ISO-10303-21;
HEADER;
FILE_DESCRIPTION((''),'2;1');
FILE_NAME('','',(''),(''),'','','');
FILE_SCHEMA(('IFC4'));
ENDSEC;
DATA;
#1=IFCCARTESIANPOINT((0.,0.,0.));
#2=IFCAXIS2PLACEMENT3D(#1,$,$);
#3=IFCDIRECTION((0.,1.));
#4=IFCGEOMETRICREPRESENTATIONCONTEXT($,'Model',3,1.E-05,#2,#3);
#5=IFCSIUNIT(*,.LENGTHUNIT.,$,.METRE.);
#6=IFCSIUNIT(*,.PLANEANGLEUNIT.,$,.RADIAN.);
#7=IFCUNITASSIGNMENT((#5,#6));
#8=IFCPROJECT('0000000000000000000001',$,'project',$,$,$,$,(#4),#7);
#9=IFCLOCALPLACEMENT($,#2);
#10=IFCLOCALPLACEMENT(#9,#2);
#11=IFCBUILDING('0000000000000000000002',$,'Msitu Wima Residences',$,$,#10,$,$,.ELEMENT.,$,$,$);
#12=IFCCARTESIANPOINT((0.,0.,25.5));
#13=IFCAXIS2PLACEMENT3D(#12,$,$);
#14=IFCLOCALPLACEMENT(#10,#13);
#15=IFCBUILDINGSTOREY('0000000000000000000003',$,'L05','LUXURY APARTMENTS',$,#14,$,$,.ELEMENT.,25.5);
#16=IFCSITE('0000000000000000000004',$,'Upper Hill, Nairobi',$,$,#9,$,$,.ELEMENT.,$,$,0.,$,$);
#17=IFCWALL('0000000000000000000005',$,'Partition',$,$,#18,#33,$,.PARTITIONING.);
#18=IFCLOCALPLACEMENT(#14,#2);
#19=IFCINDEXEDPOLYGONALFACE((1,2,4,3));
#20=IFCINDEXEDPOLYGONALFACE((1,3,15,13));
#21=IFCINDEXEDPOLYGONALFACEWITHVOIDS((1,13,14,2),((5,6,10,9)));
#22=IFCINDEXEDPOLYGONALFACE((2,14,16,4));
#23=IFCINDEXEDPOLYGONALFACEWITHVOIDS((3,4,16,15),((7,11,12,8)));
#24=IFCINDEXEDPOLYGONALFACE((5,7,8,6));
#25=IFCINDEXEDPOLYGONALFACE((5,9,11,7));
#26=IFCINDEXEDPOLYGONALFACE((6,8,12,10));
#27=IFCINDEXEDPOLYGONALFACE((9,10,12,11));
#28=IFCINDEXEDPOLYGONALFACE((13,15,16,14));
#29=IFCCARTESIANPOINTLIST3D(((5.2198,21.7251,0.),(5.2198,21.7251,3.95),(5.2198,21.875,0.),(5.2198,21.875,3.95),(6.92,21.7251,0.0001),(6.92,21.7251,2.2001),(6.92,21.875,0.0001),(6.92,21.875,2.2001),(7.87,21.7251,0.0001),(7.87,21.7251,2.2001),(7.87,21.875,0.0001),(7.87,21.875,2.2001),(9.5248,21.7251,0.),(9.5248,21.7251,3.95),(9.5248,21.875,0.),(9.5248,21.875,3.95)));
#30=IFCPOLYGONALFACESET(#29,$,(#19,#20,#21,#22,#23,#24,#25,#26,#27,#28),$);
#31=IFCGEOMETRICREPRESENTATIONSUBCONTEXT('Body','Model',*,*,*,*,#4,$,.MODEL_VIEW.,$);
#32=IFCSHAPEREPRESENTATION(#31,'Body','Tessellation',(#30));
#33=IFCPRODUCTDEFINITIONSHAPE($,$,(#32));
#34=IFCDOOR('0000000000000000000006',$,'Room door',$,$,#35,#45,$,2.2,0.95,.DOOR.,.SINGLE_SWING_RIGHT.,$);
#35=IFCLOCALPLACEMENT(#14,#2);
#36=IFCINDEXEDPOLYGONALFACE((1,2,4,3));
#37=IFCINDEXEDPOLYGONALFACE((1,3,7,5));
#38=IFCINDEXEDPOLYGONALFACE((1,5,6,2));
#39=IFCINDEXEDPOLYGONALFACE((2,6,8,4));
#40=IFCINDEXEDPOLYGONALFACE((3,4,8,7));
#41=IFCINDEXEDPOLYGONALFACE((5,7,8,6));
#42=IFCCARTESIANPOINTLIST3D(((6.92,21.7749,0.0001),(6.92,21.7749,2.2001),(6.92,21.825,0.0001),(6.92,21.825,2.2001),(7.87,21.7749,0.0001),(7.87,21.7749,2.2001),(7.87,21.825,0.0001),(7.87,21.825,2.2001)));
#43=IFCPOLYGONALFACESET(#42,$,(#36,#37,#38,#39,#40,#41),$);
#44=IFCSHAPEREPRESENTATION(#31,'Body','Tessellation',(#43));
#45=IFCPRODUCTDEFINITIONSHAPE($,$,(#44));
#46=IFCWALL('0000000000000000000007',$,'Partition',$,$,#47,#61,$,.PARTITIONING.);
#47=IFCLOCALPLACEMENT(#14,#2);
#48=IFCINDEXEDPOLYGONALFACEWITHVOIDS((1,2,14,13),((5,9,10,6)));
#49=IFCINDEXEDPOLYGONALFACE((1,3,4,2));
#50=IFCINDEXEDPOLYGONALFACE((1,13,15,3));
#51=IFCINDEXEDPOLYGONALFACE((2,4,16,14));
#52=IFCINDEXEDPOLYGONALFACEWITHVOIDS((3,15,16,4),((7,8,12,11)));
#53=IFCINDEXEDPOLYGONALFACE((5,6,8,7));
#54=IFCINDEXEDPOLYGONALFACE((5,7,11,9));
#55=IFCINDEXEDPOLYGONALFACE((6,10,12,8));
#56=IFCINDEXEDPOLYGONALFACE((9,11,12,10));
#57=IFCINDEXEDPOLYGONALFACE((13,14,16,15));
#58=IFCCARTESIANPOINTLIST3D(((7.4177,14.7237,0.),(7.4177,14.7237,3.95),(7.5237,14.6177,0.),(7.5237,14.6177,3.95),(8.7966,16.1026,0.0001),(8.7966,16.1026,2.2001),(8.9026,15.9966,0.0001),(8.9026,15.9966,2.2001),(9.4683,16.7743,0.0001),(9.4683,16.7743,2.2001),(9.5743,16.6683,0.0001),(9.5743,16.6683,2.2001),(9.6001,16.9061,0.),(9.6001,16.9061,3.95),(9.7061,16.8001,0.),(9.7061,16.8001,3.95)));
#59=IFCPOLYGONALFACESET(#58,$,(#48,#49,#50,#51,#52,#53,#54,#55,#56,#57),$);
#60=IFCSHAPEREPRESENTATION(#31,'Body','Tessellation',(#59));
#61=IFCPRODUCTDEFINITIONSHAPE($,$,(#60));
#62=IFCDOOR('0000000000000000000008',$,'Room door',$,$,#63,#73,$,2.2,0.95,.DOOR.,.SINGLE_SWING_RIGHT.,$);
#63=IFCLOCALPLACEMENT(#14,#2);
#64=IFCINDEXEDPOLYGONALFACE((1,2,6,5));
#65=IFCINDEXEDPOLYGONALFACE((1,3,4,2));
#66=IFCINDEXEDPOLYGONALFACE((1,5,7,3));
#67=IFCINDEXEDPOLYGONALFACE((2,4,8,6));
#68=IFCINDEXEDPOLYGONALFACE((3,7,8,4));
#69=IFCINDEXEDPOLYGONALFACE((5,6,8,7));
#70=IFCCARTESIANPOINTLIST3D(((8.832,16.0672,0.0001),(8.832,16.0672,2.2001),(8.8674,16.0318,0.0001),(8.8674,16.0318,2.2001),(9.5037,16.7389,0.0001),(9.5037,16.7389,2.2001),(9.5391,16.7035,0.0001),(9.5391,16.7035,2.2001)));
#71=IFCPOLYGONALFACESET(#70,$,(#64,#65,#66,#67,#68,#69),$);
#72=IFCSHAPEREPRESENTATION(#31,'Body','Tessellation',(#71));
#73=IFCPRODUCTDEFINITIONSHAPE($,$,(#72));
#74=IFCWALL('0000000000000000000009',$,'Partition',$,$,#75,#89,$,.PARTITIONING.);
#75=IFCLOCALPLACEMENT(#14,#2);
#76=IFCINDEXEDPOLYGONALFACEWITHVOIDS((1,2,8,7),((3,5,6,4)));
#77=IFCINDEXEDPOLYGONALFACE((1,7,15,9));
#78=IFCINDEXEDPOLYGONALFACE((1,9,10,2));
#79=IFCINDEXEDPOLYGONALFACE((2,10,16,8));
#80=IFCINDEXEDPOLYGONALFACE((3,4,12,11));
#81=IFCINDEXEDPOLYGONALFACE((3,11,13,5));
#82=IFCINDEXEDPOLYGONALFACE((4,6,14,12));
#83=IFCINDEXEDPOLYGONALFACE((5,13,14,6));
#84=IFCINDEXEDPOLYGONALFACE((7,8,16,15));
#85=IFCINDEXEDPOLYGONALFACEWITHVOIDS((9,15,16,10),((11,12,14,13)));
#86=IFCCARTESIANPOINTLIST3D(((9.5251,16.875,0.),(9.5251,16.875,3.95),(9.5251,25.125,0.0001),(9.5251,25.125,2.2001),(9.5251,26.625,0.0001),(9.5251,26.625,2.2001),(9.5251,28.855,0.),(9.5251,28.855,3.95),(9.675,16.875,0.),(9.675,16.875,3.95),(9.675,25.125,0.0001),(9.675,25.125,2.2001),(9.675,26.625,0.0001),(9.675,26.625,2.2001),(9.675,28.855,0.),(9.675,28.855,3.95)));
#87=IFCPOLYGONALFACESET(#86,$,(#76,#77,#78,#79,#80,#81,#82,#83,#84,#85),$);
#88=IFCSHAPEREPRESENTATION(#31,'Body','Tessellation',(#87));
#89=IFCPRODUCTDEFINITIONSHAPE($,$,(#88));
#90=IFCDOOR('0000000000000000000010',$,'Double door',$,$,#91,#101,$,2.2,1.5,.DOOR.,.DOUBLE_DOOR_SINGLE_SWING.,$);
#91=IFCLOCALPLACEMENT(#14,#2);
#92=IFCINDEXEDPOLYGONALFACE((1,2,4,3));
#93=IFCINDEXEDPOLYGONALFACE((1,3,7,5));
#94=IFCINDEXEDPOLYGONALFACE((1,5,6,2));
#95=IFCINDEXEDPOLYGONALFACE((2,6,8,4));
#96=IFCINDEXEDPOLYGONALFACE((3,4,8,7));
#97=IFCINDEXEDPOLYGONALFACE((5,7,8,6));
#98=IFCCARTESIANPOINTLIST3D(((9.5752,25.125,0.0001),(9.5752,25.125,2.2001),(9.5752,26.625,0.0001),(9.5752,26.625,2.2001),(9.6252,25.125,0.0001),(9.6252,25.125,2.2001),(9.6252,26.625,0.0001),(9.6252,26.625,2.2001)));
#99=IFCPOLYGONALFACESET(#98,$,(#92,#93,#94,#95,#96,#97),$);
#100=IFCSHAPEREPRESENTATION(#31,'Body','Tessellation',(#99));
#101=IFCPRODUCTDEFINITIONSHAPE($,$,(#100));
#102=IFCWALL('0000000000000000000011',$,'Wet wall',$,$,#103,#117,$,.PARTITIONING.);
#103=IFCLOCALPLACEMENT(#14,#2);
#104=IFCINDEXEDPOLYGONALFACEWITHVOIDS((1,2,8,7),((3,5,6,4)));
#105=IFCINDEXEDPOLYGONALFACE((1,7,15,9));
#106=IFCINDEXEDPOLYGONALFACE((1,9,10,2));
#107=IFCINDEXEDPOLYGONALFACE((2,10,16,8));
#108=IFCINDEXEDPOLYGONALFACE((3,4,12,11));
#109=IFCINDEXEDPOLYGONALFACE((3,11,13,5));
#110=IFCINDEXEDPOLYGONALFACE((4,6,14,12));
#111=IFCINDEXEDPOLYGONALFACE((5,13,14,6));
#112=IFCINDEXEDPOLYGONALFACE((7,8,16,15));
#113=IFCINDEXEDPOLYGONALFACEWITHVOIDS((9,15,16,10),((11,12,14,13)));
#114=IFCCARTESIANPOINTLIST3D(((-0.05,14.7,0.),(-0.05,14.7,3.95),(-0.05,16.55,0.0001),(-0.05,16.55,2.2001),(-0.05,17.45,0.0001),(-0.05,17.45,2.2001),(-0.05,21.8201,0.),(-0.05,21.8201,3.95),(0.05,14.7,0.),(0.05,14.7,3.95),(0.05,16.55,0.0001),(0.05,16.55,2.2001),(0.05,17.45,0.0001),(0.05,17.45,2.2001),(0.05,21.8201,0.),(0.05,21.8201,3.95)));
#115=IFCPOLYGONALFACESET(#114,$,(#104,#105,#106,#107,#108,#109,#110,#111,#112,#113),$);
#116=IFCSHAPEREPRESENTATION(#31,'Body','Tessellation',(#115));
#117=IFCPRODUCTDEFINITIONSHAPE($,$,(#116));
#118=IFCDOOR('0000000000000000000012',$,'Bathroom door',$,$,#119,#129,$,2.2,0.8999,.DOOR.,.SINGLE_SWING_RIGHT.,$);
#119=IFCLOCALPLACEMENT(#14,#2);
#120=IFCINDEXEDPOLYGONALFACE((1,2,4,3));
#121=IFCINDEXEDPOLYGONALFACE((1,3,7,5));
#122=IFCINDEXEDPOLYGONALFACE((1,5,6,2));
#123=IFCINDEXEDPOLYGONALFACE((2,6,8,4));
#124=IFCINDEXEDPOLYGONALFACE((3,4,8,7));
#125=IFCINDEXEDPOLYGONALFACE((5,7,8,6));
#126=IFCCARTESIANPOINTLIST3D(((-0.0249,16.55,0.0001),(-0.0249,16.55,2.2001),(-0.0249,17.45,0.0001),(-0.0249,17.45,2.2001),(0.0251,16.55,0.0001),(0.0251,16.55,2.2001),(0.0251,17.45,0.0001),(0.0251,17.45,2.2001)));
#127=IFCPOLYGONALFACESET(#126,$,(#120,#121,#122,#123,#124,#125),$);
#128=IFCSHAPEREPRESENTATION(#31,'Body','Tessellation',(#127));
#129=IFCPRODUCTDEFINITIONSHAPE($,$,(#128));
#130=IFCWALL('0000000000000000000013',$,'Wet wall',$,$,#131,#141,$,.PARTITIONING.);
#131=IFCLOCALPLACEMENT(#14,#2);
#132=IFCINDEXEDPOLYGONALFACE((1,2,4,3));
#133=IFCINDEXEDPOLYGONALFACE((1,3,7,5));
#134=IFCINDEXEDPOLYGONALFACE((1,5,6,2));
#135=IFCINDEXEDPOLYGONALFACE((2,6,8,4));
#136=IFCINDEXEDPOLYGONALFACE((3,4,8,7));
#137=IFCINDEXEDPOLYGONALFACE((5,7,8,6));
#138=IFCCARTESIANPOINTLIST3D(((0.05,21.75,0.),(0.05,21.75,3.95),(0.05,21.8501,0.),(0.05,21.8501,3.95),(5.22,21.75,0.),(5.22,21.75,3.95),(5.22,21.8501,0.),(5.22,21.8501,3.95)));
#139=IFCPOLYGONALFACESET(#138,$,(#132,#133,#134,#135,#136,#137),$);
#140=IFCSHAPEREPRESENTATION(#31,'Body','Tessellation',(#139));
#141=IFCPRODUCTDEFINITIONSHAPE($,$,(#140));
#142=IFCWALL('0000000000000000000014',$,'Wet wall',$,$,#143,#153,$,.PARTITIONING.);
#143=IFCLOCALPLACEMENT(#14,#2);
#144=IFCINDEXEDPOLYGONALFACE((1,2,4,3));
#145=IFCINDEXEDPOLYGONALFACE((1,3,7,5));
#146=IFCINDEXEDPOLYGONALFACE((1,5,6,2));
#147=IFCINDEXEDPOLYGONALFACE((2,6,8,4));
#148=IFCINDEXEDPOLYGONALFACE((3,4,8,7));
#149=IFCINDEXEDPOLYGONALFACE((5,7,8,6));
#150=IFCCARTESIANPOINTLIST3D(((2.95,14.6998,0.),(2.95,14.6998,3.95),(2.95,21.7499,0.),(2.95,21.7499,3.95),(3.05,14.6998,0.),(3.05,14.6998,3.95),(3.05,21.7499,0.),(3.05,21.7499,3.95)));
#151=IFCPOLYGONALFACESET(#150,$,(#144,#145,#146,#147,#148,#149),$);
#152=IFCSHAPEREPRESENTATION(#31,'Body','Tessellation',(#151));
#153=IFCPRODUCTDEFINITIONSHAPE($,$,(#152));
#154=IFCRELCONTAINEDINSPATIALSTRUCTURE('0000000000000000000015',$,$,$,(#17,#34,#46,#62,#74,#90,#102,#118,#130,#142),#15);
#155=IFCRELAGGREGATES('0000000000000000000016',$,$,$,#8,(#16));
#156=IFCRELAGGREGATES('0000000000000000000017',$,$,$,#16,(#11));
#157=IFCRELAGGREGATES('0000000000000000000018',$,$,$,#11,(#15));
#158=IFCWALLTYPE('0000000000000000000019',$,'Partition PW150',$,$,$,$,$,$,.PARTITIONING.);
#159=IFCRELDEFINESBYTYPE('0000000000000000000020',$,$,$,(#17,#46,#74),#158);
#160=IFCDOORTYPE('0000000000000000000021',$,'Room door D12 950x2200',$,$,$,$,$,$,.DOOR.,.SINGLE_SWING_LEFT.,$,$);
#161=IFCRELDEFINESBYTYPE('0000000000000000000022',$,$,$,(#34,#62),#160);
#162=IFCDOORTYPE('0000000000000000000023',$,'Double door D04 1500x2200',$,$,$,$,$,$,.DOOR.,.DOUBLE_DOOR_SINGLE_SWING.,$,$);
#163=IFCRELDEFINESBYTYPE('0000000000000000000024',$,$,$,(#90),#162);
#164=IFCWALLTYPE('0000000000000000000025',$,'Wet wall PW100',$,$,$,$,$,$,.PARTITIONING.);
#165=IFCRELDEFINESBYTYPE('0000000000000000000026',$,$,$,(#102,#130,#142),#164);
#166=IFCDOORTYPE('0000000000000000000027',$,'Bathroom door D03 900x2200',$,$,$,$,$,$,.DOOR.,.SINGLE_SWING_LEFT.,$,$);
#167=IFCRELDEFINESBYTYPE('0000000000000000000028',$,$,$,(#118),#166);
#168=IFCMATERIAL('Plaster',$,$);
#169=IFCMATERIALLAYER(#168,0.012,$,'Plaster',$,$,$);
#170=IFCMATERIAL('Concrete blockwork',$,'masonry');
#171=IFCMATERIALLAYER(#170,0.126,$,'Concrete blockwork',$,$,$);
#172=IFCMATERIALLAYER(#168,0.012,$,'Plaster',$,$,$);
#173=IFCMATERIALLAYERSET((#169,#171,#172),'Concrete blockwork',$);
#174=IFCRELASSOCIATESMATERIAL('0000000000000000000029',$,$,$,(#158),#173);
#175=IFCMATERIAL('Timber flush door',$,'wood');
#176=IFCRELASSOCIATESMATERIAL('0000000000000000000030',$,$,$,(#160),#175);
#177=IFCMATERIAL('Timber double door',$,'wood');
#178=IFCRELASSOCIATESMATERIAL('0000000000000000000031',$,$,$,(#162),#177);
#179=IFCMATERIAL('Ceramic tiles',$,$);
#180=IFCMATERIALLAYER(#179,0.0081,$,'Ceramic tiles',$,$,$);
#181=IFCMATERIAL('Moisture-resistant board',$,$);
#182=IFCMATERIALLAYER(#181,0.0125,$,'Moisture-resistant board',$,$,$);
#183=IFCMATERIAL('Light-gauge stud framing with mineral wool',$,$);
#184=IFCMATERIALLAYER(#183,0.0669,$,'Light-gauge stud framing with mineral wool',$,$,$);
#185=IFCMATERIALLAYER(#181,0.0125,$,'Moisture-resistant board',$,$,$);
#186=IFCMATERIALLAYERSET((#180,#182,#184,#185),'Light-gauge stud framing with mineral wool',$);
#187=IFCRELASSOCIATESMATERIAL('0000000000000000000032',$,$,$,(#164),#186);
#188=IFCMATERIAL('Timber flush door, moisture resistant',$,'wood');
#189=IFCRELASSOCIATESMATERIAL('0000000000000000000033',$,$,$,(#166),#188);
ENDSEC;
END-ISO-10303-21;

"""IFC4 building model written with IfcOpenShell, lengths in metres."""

from ifc_helpers import new_model, si_unit, direction, frame, frame_2d, origin, place, context, subcontext, project, spatial, rectangle, extrude, material, layer, layer_set, type_object, element, fill, save


model = new_model("IFC4")

# Units and contexts
model_context = context("Model", 3, precision=1e-05, world=origin(), true_north=direction((0.0, 1.0)))
body_context = subcontext(model_context, "Body", "Model", "MODEL_VIEW")
ifc_project = project(units=[si_unit("LENGTHUNIT", "METRE"), si_unit("PLANEANGLEUNIT", "RADIAN")], contexts=[model_context])

# Site, building, storey
site_placement = place(None, origin())
site = spatial("IfcSite", under=ifc_project, at=site_placement, Name="Upper Hill, Nairobi", CompositionType="ELEMENT", RefElevation=0.0)
building_placement = place(site_placement, origin())
building = spatial("IfcBuilding", under=site, at=building_placement, Name="Msitu Wima Residences", CompositionType="ELEMENT")
storey_placement = place(building_placement, frame((0.0, 0.0, 25.5)))
storey = spatial("IfcBuildingStorey", under=building, at=storey_placement, Name="L05", Description="LUXURY APARTMENTS", CompositionType="ELEMENT", Elevation=25.5)

# Walls, openings, doors
ifc_material_1 = material(Name="Plaster")
ifc_layer_1 = layer(ifc_material_1, 0.012, Name="Plaster")
ifc_material_2 = material(Name="Concrete blockwork", Category="masonry")
ifc_layer_2 = layer(ifc_material_2, 0.126, Name="Concrete blockwork")
ifc_layer_3 = layer(ifc_material_1, 0.012, Name="Plaster")
ifc_layer_set_1 = layer_set([ifc_layer_1, ifc_layer_2, ifc_layer_3], Name="Concrete blockwork")
wall_type_1 = type_object("IfcWallType", Name="Partition PW150", PredefinedType="PARTITIONING", material=ifc_layer_set_1)
wall_1_placement = place(storey_placement, frame((5.22, 21.8, 0.0), z_axis=(0.0, 0.0, 1.0), x_axis=(1.0, 0.0, 0.0)))
wall_1 = element("IfcWall", 1, at=wall_1_placement, inside=storey, type_object=wall_type_1, Name="Partition", PredefinedType="PARTITIONING", context=body_context, shape_type="SweptSolid", body=[
    extrude(rectangle(XDim=4.3049, YDim=0.1499, at=frame_2d((2.1523, 0.0))), origin(), (0.0, 0.0, 1.0), 3.95),
])
opening_1_placement = place(wall_1_placement, frame((1.7, 0.0, 0.0)))
opening_1 = element("IfcOpeningElement", 2, at=opening_1_placement, cuts=wall_1, PredefinedType="OPENING", context=body_context, shape_type="SweptSolid", body=[
    extrude(rectangle(XDim=0.95, YDim=2.2, at=frame_2d((0.4751, 1.1001))), frame((0.0, 0.085, 0.0), z_axis=(0.0, -1.0, 0.0), x_axis=(1.0, 0.0, 0.0)), (0.0, 0.0, 1.0), 0.1699),
])
ifc_material_3 = material(Name="Timber flush door", Category="wood")
door_type_1 = type_object("IfcDoorType", Name="Room door D12 950x2200", OperationType="SINGLE_SWING_LEFT", PredefinedType="DOOR", material=ifc_material_3)
door_1_placement = place(opening_1_placement, origin())
door_1 = element("IfcDoor", 3, at=door_1_placement, inside=storey, type_object=door_type_1, Name="Room door", OperationType="SINGLE_SWING_RIGHT", OverallHeight=2.2, OverallWidth=0.95, PredefinedType="DOOR", context=body_context, shape_type="SweptSolid", body=[
    extrude(rectangle(XDim=0.95, YDim=2.2, at=frame_2d((0.4751, 1.1001))), frame((0.0, 0.0249, 0.0), z_axis=(0.0, -1.0, 0.0), x_axis=(1.0, 0.0, 0.0)), (0.0, 0.0, 1.0), 0.05),
])
fill(opening_1, door_1)
wall_2_placement = place(storey_placement, frame((7.4707, 14.6707, 0.0), z_axis=(0.0, 0.0, 1.0), x_axis=(0.707107, 0.707107, 0.0)))
wall_2 = element("IfcWall", 4, at=wall_2_placement, inside=storey, type_object=wall_type_1, Name="Partition", PredefinedType="PARTITIONING", context=body_context, shape_type="SweptSolid", body=[
    extrude(rectangle(XDim=3.0864, YDim=0.1499, at=frame_2d((1.5432, 0.0))), origin(), (0.0, 0.0, 1.0), 3.95),
])
opening_2_placement = place(wall_2_placement, frame((1.95, 0.0, 0.0)))
opening_2 = element("IfcOpeningElement", 5, at=opening_2_placement, cuts=wall_2, PredefinedType="OPENING", context=body_context, shape_type="SweptSolid", body=[
    extrude(rectangle(XDim=0.95, YDim=2.2, at=frame_2d((0.4751, 1.1001))), frame((0.0, 0.085, 0.0), z_axis=(0.0, -1.0, 0.0), x_axis=(1.0, 0.0, 0.0)), (0.0, 0.0, 1.0), 0.1699),
])
door_2_placement = place(opening_2_placement, origin())
door_2 = element("IfcDoor", 6, at=door_2_placement, inside=storey, type_object=door_type_1, Name="Room door", OperationType="SINGLE_SWING_RIGHT", OverallHeight=2.2, OverallWidth=0.95, PredefinedType="DOOR", context=body_context, shape_type="SweptSolid", body=[
    extrude(rectangle(XDim=0.95, YDim=2.2, at=frame_2d((0.4751, 1.1001))), frame((0.0, 0.0249, 0.0), z_axis=(0.0, -1.0, 0.0), x_axis=(1.0, 0.0, 0.0)), (0.0, 0.0, 1.0), 0.05),
])
fill(opening_2, door_2)
wall_3_placement = place(storey_placement, frame((9.6001, 16.875, 0.0), z_axis=(0.0, 0.0, 1.0), x_axis=(0.0, 1.0, 0.0)))
wall_3 = element("IfcWall", 7, at=wall_3_placement, inside=storey, type_object=wall_type_1, Name="Partition", PredefinedType="PARTITIONING", context=body_context, shape_type="SweptSolid", body=[
    extrude(rectangle(XDim=11.98, YDim=0.1499, at=frame_2d((5.99, 0.0))), origin(), (0.0, 0.0, 1.0), 3.95),
])
opening_3_placement = place(wall_3_placement, frame((8.25, 0.0, 0.0)))
opening_3 = element("IfcOpeningElement", 8, at=opening_3_placement, cuts=wall_3, PredefinedType="OPENING", context=body_context, shape_type="SweptSolid", body=[
    extrude(rectangle(XDim=1.5, YDim=2.2, at=frame_2d((0.75, 1.1001))), frame((0.0, 0.085, 0.0), z_axis=(0.0, -1.0, 0.0), x_axis=(1.0, 0.0, 0.0)), (0.0, 0.0, 1.0), 0.1699),
])
ifc_material_4 = material(Name="Timber double door", Category="wood")
door_type_2 = type_object("IfcDoorType", Name="Double door D04 1500x2200", OperationType="DOUBLE_DOOR_SINGLE_SWING", PredefinedType="DOOR", material=ifc_material_4)
door_3_placement = place(opening_3_placement, origin())
door_3 = element("IfcDoor", 9, at=door_3_placement, inside=storey, type_object=door_type_2, Name="Double door", OperationType="DOUBLE_DOOR_SINGLE_SWING", OverallHeight=2.2, OverallWidth=1.5, PredefinedType="DOOR", context=body_context, shape_type="SweptSolid", body=[
    extrude(rectangle(XDim=1.5, YDim=2.2, at=frame_2d((0.75, 1.1001))), frame((0.0, 0.0249, 0.0), z_axis=(0.0, -1.0, 0.0), x_axis=(1.0, 0.0, 0.0)), (0.0, 0.0, 1.0), 0.05),
])
fill(opening_3, door_3)
ifc_material_5 = material(Name="Ceramic tiles")
ifc_layer_4 = layer(ifc_material_5, 0.0081, Name="Ceramic tiles")
ifc_material_6 = material(Name="Moisture-resistant board")
ifc_layer_5 = layer(ifc_material_6, 0.0125, Name="Moisture-resistant board")
ifc_material_7 = material(Name="Light-gauge stud framing with mineral wool")
ifc_layer_6 = layer(ifc_material_7, 0.0669, Name="Light-gauge stud framing with mineral wool")
ifc_layer_7 = layer(ifc_material_6, 0.0125, Name="Moisture-resistant board")
ifc_layer_set_2 = layer_set([ifc_layer_4, ifc_layer_5, ifc_layer_6, ifc_layer_7], Name="Light-gauge stud framing with mineral wool")
wall_type_2 = type_object("IfcWallType", Name="Wet wall PW100", PredefinedType="PARTITIONING", material=ifc_layer_set_2)
wall_4_placement = place(storey_placement, frame((0.0, 14.7, 0.0), z_axis=(0.0, 0.0, 1.0), x_axis=(0.0, 1.0, 0.0)))
wall_4 = element("IfcWall", 10, at=wall_4_placement, inside=storey, type_object=wall_type_2, Name="Wet wall", PredefinedType="PARTITIONING", context=body_context, shape_type="SweptSolid", body=[
    extrude(rectangle(XDim=7.1201, YDim=0.1001, at=frame_2d((3.5601, 0.0))), origin(), (0.0, 0.0, 1.0), 3.95),
])
opening_4_placement = place(wall_4_placement, frame((1.8501, 0.0, 0.0)))
opening_4 = element("IfcOpeningElement", 11, at=opening_4_placement, cuts=wall_4, PredefinedType="OPENING", context=body_context, shape_type="SweptSolid", body=[
    extrude(rectangle(XDim=0.8999, YDim=2.2, at=frame_2d((0.45, 1.1001))), frame((0.0, 0.0601, 0.0), z_axis=(0.0, -1.0, 0.0), x_axis=(1.0, 0.0, 0.0)), (0.0, 0.0, 1.0), 0.1201),
])
ifc_material_8 = material(Name="Timber flush door, moisture resistant", Category="wood")
door_type_3 = type_object("IfcDoorType", Name="Bathroom door D03 900x2200", OperationType="SINGLE_SWING_LEFT", PredefinedType="DOOR", material=ifc_material_8)
door_4_placement = place(opening_4_placement, origin())
door_4 = element("IfcDoor", 12, at=door_4_placement, inside=storey, type_object=door_type_3, Name="Bathroom door", OperationType="SINGLE_SWING_RIGHT", OverallHeight=2.2, OverallWidth=0.8999, PredefinedType="DOOR", context=body_context, shape_type="SweptSolid", body=[
    extrude(rectangle(XDim=0.8999, YDim=2.2, at=frame_2d((0.45, 1.1001))), frame((0.0, 0.0249, 0.0), z_axis=(0.0, -1.0, 0.0), x_axis=(1.0, 0.0, 0.0)), (0.0, 0.0, 1.0), 0.05),
])
fill(opening_4, door_4)

# Walls
wall_5_placement = place(storey_placement, frame((0.05, 21.8, 0.0), z_axis=(0.0, 0.0, 1.0), x_axis=(1.0, 0.0, 0.0)))
element("IfcWall", 13, at=wall_5_placement, inside=storey, type_object=wall_type_2, Name="Wet wall", PredefinedType="PARTITIONING", context=body_context, shape_type="SweptSolid", body=[
    extrude(rectangle(XDim=5.1699, YDim=0.1001, at=frame_2d((2.585, 0.0))), origin(), (0.0, 0.0, 1.0), 3.95),
])
wall_6_placement = place(storey_placement, frame((3.0, 14.7, 0.0), z_axis=(0.0, 0.0, 1.0), x_axis=(0.0, 1.0, 0.0)))
element("IfcWall", 14, at=wall_6_placement, inside=storey, type_object=wall_type_2, Name="Wet wall", PredefinedType="PARTITIONING", context=body_context, shape_type="SweptSolid", body=[
    extrude(rectangle(XDim=7.05, YDim=0.1001, at=frame_2d((3.5249, 0.0))), origin(), (0.0, 0.0, 1.0), 3.95),
])

save(model, "model.ifc")
